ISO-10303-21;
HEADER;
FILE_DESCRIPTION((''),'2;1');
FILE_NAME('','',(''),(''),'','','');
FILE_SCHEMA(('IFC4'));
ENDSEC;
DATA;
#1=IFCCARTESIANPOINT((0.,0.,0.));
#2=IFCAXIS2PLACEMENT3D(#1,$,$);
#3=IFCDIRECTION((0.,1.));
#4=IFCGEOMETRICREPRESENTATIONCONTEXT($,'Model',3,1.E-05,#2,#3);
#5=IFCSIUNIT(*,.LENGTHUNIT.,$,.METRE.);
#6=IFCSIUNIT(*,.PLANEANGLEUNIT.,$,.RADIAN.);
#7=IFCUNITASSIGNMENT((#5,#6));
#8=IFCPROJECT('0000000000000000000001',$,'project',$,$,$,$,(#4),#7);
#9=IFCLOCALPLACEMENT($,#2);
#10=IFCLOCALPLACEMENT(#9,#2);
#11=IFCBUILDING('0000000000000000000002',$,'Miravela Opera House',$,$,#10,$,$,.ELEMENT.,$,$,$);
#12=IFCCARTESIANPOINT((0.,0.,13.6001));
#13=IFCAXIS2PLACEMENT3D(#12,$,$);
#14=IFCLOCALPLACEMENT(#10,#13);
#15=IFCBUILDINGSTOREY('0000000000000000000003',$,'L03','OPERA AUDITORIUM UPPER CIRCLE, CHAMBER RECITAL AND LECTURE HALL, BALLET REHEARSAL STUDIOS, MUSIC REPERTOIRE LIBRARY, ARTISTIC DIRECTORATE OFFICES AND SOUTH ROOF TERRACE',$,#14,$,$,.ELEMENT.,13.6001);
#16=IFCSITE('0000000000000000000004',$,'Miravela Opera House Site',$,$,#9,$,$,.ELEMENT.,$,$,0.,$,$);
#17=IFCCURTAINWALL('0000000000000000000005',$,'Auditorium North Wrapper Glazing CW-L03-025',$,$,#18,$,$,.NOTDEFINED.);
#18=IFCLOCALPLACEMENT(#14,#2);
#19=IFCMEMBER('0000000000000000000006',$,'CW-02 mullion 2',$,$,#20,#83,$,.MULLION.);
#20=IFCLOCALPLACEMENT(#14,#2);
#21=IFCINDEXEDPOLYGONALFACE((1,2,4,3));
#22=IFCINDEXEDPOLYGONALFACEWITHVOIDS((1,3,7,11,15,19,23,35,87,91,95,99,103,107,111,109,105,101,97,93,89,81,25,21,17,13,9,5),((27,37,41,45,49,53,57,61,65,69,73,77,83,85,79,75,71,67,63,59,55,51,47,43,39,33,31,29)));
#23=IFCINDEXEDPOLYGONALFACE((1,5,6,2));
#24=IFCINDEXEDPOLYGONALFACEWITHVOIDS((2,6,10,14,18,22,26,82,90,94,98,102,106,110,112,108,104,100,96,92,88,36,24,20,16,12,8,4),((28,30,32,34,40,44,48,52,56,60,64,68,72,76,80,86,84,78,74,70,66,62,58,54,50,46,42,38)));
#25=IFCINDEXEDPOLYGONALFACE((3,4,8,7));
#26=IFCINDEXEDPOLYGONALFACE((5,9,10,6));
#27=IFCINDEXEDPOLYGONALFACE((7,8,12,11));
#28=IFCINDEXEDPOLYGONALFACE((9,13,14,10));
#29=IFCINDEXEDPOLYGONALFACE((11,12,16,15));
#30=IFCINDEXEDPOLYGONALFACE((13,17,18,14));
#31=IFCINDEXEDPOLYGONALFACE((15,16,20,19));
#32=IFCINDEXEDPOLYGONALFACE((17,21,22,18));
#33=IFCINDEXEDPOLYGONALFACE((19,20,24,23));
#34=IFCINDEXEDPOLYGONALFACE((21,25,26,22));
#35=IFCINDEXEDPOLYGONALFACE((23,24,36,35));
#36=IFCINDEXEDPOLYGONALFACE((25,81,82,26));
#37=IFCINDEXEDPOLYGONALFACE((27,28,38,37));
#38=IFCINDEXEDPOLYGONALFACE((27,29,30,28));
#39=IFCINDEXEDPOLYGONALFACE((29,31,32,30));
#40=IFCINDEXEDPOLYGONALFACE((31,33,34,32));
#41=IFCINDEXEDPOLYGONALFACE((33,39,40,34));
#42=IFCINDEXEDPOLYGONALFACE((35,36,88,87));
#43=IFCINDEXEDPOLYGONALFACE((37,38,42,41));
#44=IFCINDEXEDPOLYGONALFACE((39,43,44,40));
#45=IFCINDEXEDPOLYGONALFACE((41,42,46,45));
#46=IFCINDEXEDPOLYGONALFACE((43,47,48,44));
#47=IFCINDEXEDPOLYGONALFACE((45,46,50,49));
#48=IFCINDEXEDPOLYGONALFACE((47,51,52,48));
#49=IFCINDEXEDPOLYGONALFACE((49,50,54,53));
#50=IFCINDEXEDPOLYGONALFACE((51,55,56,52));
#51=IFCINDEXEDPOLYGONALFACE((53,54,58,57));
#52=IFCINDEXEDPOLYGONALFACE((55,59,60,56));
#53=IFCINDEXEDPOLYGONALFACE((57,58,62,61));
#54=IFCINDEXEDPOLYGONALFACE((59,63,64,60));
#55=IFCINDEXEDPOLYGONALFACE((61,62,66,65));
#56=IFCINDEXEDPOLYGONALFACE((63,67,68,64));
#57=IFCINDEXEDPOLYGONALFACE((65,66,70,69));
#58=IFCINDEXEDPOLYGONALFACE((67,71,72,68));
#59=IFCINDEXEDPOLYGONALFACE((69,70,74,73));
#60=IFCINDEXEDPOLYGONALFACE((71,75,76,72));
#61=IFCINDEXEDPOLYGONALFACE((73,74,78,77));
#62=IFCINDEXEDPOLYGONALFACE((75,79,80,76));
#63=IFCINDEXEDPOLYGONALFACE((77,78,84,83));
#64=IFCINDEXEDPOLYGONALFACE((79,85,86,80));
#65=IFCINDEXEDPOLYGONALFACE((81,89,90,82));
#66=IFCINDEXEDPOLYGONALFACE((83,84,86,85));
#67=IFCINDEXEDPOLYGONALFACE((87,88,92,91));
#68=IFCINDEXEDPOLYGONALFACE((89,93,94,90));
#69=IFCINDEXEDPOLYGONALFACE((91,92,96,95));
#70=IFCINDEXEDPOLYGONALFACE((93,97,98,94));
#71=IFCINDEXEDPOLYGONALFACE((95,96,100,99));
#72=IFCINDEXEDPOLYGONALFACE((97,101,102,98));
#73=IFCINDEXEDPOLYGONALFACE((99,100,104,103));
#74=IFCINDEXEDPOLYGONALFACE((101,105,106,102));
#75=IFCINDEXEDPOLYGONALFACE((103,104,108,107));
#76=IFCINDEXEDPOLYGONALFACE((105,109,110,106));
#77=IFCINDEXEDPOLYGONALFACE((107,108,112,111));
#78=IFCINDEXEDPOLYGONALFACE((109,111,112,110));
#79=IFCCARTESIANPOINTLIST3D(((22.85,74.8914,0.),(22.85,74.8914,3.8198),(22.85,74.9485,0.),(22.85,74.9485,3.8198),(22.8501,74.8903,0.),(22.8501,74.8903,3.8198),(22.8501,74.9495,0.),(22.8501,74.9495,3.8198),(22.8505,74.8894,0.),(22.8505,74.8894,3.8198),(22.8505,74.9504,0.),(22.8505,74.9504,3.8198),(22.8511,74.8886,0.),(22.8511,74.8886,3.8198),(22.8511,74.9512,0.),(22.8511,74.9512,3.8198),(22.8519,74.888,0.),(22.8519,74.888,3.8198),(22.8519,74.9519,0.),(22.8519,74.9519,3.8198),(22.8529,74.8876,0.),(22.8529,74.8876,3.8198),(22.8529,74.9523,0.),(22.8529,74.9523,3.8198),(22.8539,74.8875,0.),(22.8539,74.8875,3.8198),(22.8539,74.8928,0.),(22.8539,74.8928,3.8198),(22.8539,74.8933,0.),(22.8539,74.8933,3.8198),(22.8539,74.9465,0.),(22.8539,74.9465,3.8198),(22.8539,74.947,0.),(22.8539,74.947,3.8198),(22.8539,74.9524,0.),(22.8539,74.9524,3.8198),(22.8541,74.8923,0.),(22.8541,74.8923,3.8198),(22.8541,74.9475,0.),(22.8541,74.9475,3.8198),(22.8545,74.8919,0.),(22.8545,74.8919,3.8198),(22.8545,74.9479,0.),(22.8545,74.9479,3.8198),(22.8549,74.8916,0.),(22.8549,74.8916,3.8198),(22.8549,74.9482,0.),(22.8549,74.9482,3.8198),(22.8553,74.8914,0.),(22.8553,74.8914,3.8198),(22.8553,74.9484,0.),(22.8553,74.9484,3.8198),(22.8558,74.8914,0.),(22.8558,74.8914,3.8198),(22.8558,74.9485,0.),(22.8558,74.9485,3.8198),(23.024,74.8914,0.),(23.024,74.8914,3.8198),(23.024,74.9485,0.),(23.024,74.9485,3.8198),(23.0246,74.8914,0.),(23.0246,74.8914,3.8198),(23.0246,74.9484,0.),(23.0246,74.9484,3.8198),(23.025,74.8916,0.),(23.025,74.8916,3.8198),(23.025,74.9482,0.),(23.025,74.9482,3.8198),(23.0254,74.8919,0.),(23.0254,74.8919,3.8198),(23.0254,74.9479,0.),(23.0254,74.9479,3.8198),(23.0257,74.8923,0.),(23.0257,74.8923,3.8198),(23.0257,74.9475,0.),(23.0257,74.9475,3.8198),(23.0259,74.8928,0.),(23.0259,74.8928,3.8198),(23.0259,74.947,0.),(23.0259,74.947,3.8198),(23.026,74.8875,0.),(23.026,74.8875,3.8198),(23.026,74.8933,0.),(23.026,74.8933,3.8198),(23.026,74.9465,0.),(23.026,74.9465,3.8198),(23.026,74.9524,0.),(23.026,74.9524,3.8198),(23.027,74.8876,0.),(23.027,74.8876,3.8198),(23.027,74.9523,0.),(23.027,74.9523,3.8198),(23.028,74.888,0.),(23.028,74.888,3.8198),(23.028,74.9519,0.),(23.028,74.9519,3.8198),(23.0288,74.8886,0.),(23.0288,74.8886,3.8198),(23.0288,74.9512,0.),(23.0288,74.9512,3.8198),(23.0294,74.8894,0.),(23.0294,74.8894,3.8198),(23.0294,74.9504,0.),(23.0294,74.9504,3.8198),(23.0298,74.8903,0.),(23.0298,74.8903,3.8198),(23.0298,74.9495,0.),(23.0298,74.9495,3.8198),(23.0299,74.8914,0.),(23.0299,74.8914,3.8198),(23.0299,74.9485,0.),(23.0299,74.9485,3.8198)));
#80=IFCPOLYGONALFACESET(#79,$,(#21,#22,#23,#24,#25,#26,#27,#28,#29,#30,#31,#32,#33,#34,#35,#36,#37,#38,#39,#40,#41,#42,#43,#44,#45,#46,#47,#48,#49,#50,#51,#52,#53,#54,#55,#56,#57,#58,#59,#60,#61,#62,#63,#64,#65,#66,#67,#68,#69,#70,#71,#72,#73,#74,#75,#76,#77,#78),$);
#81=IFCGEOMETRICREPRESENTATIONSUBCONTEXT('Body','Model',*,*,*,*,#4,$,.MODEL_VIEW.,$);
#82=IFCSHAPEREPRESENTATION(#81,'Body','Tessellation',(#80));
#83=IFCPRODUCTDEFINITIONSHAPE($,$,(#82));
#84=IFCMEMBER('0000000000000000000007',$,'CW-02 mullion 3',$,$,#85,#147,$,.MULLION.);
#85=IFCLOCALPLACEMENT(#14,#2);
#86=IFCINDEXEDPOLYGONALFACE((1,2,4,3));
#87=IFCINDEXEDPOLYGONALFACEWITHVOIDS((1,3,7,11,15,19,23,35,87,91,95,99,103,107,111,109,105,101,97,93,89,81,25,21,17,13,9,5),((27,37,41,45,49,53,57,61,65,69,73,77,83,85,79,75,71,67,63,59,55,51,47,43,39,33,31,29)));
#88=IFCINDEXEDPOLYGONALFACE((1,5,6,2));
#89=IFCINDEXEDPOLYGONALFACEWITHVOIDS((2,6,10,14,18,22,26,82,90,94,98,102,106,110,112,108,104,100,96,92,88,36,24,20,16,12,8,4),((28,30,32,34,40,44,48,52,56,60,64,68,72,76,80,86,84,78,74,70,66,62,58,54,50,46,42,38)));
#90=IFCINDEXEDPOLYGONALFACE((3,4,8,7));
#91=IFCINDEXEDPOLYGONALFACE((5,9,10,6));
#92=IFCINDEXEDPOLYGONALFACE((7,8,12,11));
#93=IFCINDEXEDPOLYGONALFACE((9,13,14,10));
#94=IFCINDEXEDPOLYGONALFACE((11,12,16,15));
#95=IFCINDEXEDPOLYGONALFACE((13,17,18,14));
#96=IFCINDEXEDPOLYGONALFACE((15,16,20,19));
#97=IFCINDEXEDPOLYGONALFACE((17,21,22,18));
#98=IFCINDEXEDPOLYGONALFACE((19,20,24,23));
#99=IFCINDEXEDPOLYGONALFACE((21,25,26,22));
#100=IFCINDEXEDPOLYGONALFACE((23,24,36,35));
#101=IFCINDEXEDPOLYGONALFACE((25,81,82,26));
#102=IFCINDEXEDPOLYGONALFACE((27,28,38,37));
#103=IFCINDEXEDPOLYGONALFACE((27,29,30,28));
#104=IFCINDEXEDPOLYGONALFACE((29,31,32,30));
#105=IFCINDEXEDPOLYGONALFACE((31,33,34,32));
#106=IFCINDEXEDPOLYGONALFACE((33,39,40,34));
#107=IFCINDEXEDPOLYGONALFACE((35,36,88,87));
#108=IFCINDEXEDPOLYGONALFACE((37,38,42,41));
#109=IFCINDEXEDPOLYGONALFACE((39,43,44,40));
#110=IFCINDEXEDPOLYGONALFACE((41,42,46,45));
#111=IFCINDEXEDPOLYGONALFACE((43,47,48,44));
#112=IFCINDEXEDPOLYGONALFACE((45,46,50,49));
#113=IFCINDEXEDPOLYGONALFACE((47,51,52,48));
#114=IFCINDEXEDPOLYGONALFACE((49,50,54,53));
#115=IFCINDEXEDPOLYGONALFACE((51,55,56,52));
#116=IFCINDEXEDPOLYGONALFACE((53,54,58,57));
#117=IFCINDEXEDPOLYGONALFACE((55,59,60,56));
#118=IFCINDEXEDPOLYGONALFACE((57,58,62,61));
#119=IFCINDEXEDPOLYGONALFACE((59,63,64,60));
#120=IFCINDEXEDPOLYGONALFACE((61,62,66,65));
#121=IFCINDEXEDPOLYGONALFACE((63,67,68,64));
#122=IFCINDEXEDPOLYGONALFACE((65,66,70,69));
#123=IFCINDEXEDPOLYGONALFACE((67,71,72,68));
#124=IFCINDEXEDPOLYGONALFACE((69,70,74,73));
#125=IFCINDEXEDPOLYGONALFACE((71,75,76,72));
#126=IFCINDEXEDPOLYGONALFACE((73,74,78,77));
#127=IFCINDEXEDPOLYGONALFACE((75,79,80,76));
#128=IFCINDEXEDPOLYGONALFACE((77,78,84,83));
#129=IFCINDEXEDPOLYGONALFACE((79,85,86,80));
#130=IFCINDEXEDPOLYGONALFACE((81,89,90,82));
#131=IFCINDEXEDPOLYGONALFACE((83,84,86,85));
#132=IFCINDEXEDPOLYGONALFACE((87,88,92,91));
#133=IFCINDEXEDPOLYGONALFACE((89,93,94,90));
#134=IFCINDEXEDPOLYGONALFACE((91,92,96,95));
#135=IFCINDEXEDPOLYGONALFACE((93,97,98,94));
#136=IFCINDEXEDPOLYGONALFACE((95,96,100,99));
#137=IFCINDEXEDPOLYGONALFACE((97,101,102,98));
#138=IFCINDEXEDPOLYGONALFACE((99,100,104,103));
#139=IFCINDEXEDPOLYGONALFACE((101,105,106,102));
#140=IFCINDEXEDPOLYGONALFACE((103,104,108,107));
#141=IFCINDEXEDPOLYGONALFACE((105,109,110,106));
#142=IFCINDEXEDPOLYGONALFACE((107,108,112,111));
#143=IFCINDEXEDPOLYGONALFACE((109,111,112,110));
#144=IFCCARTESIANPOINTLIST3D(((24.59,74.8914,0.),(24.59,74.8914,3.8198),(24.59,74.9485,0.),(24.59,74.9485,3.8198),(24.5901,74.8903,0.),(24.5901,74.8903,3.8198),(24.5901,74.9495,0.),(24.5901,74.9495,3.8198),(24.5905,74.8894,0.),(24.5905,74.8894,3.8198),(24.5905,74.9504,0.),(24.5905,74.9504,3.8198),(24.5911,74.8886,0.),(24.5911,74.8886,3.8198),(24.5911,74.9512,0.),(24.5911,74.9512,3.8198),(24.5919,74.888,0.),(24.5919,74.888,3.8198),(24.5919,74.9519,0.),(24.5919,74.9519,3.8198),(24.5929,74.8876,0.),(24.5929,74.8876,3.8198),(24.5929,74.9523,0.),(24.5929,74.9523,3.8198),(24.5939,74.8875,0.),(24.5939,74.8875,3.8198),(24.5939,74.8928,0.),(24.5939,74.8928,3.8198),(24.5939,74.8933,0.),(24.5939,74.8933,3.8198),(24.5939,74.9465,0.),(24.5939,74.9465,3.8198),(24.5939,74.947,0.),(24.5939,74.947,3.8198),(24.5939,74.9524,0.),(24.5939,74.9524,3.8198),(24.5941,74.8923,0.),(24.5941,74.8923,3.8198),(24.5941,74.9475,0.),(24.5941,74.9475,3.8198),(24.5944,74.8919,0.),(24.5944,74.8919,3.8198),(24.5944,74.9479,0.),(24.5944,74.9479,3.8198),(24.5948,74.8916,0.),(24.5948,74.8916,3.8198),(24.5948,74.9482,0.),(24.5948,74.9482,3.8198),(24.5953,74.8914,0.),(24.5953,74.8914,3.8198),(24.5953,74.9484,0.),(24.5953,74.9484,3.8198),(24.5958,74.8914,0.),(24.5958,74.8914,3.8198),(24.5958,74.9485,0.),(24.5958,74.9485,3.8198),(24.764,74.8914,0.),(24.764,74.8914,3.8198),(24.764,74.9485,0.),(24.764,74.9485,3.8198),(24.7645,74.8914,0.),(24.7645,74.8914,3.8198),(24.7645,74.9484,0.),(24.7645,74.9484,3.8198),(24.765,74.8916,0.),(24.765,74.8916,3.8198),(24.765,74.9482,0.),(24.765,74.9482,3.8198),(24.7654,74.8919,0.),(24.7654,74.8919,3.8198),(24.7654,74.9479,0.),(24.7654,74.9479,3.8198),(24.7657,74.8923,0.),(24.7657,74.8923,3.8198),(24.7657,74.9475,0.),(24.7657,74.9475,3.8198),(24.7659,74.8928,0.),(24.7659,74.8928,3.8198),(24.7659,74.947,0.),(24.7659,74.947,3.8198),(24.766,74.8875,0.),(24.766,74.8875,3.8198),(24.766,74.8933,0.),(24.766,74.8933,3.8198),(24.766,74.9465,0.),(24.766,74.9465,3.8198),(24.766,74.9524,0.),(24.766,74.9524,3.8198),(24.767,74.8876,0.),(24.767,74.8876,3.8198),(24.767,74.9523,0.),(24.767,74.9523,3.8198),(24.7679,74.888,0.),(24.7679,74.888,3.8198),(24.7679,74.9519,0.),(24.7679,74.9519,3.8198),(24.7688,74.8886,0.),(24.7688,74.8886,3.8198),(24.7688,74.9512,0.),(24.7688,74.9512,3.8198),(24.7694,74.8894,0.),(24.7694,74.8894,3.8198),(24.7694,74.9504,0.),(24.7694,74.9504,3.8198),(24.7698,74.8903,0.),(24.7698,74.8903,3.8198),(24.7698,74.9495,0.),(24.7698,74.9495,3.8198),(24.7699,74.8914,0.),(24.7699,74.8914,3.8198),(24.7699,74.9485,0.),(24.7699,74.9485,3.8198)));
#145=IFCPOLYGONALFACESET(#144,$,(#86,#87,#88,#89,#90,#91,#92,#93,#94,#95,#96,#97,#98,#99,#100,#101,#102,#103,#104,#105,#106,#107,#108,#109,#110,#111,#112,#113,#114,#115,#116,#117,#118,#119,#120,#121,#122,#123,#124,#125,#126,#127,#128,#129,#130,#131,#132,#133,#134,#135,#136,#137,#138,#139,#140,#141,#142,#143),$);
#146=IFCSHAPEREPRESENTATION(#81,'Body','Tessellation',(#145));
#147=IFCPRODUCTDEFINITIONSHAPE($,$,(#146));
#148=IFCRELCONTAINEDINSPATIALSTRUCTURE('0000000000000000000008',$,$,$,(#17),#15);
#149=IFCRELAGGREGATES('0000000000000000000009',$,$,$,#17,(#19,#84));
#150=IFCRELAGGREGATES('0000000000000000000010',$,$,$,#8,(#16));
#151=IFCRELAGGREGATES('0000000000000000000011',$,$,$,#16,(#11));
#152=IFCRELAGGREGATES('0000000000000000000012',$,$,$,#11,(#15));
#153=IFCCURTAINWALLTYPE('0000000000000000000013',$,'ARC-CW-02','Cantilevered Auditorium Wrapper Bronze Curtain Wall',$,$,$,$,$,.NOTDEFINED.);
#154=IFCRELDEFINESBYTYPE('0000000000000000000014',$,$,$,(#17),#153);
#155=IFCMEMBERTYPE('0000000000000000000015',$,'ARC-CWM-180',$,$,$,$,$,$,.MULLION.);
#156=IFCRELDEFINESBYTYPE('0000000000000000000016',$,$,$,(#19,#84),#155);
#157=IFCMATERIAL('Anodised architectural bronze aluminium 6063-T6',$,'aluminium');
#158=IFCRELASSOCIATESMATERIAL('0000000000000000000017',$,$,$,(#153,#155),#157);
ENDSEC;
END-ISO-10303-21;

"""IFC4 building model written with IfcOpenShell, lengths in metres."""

from ifc_helpers import new_model, si_unit, direction, frame, origin, origin_2d, place, context, subcontext, project, spatial, hollow_rectangle, extrude, material, material_profile, profile_set, type_object, element, aggregate, save


model = new_model("IFC4")

# Units and contexts
model_context = context("Model", 3, precision=1e-05, world=origin(), true_north=direction((0.0, 1.0)))
body_context = subcontext(model_context, "Body", "Model", "MODEL_VIEW")
ifc_project = project(units=[si_unit("LENGTHUNIT", "METRE"), si_unit("PLANEANGLEUNIT", "RADIAN")], contexts=[model_context])

# Site, building, storey
site_placement = place(None, origin())
site = spatial("IfcSite", under=ifc_project, at=site_placement, Name="Miravela Opera House Site", CompositionType="ELEMENT", RefElevation=0.0)
building_placement = place(site_placement, origin())
building = spatial("IfcBuilding", under=site, at=building_placement, Name="Miravela Opera House", CompositionType="ELEMENT")
storey_placement = place(building_placement, frame((0.0, 0.0, 13.6001)))
storey = spatial("IfcBuildingStorey", under=building, at=storey_placement, Name="L03", Description="OPERA AUDITORIUM UPPER CIRCLE, CHAMBER RECITAL AND LECTURE HALL, BALLET REHEARSAL STUDIOS, MUSIC REPERTOIRE LIBRARY, ARTISTIC DIRECTORATE OFFICES AND SOUTH ROOF TERRACE", CompositionType="ELEMENT", Elevation=13.6001)

# Shared definitions
ifc_material_1 = material(Name="Anodised architectural bronze aluminium 6063-T6", Category="aluminium")
curtain_wall_type = type_object("IfcCurtainWallType", Name="ARC-CW-02", Description="Cantilevered Auditorium Wrapper Bronze Curtain Wall", PredefinedType="NOTDEFINED", material=ifc_material_1)
ifc_material_profile_1 = material_profile(ifc_material_1, hollow_rectangle(XDim=0.0649, YDim=0.1799, WallThickness=0.0039, InnerFilletRadius=0.002, OuterFilletRadius=0.0039, at=origin_2d()), Name="CWM-65X180")
ifc_profile_set_1 = profile_set([ifc_material_profile_1])
member_type_1 = type_object("IfcMemberType", Name="ARC-CWM-180", PredefinedType="MULLION", material=ifc_profile_set_1)

# Curtain wall, members
curtain_wall_1_placement = place(storey_placement, origin())
curtain_wall_1 = element("IfcCurtainWall", 1, at=curtain_wall_1_placement, inside=storey, type_object=curtain_wall_type, Name="Auditorium North Wrapper Glazing CW-L03-025", PredefinedType="NOTDEFINED")
member_1_placement = place(storey_placement, frame((22.9399, 74.9199, 0.0), z_axis=(0.0, 0.0, 1.0), x_axis=(0.0, 1.0, 0.0)))
member_1 = element("IfcMember", 2, at=member_1_placement, type_object=member_type_1, Name="CW-02 mullion 2", PredefinedType="MULLION", context=body_context, shape_type="SweptSolid", body=[
    extrude(hollow_rectangle(XDim=0.0649, YDim=0.1799, WallThickness=0.0039, InnerFilletRadius=0.002, OuterFilletRadius=0.0039, at=origin_2d()), origin(), (0.0, 0.0, 1.0), 3.8198),
])
member_2_placement = place(storey_placement, frame((24.6799, 74.9199, 0.0), z_axis=(0.0, 0.0, 1.0), x_axis=(0.0, 1.0, 0.0)))
member_2 = element("IfcMember", 3, at=member_2_placement, type_object=member_type_1, Name="CW-02 mullion 3", PredefinedType="MULLION", context=body_context, shape_type="SweptSolid", body=[
    extrude(hollow_rectangle(XDim=0.0649, YDim=0.1799, WallThickness=0.0039, InnerFilletRadius=0.002, OuterFilletRadius=0.0039, at=origin_2d()), origin(), (0.0, 0.0, 1.0), 3.8198),
])

aggregate(curtain_wall_1, [member_1, member_2])

save(model, "model.ifc")
